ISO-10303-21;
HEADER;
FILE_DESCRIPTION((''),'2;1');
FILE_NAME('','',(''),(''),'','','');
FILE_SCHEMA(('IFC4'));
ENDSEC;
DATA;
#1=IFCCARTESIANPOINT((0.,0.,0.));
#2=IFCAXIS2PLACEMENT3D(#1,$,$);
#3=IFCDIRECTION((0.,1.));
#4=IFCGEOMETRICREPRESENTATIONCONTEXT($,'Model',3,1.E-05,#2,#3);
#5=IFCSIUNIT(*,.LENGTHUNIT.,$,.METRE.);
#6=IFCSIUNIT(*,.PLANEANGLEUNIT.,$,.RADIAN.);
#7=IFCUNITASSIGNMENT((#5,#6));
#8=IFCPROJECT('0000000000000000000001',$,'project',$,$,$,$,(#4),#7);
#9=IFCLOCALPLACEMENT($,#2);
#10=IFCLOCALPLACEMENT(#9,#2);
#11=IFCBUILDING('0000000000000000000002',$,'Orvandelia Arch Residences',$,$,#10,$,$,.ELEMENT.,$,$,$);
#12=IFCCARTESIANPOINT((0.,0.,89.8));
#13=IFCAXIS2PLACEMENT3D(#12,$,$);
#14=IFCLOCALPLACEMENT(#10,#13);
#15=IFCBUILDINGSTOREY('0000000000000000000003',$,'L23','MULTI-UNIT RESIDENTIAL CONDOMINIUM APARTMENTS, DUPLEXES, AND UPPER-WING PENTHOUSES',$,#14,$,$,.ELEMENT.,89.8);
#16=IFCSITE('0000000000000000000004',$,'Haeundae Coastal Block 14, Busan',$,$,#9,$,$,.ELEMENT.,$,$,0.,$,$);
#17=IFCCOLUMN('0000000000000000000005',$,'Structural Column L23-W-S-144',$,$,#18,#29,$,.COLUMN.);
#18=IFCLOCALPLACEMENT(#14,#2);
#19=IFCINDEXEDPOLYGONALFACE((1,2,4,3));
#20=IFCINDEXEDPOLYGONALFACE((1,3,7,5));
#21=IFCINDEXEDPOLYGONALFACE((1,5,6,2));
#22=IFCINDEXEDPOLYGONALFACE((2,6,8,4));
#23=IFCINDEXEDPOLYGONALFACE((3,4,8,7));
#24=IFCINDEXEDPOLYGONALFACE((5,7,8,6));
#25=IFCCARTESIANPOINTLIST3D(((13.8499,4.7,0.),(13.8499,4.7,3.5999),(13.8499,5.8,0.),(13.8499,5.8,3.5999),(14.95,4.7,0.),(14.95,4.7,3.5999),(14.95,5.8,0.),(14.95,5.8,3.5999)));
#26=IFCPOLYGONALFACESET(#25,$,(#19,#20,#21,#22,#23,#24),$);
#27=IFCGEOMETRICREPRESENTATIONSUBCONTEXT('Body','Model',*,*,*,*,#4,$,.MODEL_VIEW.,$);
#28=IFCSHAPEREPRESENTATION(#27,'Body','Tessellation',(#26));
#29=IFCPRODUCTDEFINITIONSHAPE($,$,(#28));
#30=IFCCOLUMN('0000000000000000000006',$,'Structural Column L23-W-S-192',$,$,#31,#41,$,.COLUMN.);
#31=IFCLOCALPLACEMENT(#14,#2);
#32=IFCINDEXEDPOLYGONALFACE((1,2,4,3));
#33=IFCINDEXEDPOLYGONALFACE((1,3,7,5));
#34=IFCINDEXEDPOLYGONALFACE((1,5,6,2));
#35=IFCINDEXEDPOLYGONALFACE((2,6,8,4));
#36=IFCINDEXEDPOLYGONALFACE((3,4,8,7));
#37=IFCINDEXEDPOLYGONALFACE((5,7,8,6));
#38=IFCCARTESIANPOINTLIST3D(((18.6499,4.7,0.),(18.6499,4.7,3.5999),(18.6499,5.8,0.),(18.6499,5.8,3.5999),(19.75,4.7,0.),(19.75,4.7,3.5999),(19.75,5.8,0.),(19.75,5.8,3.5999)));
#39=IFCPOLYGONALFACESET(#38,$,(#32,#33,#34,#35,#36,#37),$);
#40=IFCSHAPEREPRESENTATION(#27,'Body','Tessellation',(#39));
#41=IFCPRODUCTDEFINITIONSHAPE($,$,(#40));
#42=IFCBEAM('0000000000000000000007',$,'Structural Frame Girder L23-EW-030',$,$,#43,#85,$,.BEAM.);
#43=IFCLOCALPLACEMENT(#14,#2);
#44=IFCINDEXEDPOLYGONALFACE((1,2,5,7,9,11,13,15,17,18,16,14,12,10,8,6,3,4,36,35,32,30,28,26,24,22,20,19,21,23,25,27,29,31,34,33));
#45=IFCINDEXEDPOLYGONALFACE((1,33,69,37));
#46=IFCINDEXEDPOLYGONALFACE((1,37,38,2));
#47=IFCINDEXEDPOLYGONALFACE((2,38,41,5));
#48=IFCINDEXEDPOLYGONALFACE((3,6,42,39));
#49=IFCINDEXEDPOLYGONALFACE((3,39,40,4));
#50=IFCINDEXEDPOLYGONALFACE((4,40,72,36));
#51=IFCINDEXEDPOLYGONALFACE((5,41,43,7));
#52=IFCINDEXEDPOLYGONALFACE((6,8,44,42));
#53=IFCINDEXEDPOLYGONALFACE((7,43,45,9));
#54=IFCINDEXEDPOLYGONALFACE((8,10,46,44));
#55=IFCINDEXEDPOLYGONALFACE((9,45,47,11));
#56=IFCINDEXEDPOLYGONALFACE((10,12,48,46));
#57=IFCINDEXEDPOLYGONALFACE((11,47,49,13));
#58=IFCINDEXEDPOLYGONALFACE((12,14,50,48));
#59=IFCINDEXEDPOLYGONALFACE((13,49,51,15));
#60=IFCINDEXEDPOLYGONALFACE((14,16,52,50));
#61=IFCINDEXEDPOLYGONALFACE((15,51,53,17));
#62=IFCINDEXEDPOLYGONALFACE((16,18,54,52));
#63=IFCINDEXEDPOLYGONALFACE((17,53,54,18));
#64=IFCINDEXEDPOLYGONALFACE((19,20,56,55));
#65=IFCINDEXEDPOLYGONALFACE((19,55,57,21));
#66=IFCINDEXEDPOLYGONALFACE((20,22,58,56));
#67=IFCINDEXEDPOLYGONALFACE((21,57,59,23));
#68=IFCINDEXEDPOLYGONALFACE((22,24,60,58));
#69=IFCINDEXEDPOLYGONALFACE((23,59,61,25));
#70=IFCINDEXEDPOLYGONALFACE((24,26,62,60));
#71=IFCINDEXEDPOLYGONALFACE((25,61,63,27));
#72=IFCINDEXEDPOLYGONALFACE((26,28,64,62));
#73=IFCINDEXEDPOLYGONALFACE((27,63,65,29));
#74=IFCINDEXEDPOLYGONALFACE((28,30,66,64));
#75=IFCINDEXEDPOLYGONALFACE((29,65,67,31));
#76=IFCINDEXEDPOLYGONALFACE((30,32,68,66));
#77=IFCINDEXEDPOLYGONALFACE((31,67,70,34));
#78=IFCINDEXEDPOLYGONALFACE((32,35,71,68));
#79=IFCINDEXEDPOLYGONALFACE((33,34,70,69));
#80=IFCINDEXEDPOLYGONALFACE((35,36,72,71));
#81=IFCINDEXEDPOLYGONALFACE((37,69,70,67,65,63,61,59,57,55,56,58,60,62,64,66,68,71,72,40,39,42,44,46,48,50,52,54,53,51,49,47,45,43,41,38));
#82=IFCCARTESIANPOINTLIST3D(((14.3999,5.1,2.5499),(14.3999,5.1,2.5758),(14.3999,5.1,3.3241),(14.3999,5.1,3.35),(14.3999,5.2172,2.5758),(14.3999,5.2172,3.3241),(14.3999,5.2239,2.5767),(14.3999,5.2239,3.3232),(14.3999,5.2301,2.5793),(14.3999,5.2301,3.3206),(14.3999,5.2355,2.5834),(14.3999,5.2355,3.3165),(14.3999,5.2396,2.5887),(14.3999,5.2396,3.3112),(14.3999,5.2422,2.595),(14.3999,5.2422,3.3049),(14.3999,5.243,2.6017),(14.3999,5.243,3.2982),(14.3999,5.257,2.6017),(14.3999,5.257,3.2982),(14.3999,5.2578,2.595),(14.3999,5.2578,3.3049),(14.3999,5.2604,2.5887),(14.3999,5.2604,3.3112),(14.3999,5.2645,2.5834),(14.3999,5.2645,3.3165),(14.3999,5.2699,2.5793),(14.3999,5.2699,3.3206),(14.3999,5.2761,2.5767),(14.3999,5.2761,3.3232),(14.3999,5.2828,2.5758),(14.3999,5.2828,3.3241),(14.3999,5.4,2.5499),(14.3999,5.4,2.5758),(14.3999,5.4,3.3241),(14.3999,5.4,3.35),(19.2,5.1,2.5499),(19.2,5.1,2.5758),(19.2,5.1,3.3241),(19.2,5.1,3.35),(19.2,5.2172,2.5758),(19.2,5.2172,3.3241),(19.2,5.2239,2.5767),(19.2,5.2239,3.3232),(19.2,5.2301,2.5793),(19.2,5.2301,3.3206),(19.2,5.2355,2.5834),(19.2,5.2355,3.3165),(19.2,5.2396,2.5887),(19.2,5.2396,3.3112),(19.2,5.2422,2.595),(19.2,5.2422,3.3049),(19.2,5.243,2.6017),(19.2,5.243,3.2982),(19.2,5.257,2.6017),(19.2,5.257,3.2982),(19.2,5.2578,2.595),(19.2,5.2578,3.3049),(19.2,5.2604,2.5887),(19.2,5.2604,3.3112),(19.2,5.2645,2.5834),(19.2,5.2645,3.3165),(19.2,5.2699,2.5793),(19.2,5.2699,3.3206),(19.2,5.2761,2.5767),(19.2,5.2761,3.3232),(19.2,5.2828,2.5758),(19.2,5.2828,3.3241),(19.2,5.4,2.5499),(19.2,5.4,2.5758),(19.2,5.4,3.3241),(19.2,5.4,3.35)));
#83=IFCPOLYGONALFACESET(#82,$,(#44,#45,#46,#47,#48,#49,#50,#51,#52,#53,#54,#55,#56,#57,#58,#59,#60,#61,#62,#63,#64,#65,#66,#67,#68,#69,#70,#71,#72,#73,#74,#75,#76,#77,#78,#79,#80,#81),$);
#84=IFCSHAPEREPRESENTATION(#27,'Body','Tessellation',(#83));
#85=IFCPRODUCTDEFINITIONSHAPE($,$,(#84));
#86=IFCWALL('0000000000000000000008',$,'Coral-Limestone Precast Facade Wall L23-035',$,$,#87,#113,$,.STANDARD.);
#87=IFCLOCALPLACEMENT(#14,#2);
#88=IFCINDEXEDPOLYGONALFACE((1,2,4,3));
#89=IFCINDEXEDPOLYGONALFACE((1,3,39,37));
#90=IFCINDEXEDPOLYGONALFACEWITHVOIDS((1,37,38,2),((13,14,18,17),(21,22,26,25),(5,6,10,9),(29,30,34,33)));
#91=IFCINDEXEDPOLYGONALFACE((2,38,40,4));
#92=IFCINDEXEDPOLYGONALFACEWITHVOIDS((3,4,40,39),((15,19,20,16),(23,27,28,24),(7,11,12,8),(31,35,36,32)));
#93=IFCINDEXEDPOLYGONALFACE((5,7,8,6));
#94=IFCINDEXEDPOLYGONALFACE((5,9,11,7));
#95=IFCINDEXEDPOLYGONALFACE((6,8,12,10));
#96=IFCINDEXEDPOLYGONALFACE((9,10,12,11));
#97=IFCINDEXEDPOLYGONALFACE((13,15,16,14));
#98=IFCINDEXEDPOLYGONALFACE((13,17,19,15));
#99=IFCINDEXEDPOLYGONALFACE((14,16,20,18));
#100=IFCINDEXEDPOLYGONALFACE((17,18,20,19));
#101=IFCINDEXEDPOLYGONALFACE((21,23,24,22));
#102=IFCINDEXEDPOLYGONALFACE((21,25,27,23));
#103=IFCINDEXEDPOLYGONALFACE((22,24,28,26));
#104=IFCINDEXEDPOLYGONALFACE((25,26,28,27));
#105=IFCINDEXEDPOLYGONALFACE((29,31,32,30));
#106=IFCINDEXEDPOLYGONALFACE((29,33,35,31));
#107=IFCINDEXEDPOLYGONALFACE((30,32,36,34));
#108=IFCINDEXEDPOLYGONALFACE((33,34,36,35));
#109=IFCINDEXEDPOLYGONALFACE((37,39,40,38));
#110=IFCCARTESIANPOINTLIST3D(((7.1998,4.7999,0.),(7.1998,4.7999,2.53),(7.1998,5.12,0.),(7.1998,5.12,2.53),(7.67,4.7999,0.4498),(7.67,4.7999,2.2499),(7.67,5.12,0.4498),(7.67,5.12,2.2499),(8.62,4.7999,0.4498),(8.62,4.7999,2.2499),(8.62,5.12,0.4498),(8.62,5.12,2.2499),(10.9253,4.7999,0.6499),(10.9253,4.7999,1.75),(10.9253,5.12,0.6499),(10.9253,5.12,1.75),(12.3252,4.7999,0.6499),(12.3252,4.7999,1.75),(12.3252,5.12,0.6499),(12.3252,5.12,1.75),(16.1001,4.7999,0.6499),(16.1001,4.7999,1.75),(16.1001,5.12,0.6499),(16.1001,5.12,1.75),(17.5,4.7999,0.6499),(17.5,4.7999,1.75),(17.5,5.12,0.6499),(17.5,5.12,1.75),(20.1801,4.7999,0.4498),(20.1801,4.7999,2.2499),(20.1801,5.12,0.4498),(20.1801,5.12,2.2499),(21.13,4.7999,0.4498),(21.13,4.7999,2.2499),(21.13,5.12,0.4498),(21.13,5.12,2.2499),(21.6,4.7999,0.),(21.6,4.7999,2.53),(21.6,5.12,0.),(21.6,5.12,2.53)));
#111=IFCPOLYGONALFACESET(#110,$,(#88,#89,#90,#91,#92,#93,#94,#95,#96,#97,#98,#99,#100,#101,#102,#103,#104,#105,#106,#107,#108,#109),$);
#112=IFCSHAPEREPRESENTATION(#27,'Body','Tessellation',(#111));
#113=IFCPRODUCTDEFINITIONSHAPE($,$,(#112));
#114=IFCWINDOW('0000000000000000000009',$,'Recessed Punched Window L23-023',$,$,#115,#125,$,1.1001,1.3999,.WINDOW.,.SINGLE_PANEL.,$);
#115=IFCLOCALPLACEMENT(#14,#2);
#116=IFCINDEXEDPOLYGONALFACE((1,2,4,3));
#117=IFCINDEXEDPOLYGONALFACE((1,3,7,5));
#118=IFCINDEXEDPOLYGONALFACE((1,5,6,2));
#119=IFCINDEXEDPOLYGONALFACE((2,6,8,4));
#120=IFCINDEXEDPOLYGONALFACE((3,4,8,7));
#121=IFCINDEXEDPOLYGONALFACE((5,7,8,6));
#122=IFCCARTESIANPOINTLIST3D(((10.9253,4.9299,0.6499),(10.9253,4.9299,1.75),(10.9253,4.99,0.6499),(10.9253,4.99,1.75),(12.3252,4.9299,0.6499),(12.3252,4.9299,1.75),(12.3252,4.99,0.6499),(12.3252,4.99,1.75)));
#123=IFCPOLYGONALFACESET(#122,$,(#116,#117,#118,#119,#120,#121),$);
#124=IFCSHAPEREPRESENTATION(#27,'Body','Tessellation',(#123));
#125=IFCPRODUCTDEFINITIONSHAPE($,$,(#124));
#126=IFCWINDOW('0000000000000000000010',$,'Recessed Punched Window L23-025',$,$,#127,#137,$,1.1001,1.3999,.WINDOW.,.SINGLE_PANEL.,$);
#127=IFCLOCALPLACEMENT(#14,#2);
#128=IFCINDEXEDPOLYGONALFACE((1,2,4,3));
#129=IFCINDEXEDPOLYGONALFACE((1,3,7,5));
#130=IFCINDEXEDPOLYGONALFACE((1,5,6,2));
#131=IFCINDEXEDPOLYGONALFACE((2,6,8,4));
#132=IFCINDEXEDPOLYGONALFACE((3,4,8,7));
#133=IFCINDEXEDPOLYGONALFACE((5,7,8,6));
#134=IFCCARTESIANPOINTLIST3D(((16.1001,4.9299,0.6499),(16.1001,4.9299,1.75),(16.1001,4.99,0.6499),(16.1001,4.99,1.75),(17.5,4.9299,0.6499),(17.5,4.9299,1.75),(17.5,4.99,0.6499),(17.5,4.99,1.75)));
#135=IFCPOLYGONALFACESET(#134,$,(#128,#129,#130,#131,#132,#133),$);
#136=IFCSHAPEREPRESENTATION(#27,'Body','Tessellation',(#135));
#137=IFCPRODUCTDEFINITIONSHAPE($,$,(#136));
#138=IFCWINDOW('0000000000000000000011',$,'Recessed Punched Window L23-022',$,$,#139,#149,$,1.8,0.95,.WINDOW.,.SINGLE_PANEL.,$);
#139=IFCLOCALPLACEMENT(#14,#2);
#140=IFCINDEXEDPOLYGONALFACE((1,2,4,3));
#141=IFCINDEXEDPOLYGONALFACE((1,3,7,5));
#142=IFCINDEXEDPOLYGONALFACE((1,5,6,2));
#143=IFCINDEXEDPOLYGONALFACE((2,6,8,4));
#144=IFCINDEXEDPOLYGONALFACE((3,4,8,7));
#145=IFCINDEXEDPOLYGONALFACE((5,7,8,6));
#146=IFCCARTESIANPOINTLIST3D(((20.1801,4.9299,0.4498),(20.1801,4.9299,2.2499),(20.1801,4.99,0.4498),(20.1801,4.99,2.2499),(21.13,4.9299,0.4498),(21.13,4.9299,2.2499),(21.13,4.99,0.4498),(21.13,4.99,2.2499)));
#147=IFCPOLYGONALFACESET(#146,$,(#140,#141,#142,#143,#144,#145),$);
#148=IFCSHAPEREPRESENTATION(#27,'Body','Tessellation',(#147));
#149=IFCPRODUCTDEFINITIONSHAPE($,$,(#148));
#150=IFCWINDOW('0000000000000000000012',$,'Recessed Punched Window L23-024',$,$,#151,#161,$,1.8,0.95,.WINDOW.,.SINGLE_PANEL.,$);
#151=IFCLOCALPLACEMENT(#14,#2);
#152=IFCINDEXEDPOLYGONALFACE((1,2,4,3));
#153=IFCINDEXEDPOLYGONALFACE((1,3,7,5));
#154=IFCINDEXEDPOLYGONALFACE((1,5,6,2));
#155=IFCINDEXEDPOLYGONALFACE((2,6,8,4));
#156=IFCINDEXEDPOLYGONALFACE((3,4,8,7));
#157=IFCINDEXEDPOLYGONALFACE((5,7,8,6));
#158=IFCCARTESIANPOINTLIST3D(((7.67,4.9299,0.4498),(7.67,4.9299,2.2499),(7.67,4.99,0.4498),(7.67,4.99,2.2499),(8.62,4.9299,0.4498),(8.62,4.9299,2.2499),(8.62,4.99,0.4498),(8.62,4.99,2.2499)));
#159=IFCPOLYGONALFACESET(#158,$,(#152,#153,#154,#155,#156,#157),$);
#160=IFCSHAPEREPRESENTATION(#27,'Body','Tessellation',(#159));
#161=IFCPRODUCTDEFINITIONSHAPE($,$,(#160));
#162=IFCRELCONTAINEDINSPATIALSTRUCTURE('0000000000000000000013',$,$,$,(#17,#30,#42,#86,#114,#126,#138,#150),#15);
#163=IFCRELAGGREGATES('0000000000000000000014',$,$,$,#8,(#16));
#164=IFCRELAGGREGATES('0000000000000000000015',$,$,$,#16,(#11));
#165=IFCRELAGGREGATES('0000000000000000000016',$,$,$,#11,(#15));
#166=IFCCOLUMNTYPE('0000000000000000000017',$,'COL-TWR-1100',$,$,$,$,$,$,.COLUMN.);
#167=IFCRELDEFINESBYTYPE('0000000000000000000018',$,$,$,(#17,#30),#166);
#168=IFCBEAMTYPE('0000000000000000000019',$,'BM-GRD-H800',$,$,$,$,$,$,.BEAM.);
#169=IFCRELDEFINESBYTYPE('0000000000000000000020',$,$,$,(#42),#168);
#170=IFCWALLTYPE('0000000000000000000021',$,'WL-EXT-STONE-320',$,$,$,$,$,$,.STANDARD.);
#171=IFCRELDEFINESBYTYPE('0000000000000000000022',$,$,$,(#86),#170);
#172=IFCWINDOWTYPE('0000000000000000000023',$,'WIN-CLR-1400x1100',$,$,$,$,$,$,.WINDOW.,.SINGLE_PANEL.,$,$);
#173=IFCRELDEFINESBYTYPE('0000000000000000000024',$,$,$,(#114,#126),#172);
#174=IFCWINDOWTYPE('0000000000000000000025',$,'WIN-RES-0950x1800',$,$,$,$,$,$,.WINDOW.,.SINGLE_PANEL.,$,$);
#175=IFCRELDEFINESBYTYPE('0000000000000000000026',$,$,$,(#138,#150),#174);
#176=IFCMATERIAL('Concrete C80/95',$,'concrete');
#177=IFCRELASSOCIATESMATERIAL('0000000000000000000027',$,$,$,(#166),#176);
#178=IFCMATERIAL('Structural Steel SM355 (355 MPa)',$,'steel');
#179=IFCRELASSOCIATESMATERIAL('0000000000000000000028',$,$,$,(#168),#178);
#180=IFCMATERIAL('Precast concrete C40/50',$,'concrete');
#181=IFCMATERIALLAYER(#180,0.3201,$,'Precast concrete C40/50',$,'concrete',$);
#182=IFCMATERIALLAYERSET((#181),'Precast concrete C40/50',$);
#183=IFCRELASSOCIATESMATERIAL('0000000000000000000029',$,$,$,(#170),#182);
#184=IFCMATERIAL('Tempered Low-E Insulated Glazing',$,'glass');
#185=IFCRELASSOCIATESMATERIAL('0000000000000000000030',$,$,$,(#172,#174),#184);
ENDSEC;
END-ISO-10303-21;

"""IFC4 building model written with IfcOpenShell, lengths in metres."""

from ifc_helpers import new_model, si_unit, direction, frame, frame_2d, origin, origin_2d, place, context, subcontext, project, spatial, rectangle, i_section, extrude, material, layer, layer_set, material_profile, profile_set, type_object, element, fill, save


model = new_model("IFC4")

# Units and contexts
model_context = context("Model", 3, precision=1e-05, world=origin(), true_north=direction((0.0, 1.0)))
body_context = subcontext(model_context, "Body", "Model", "MODEL_VIEW")
ifc_project = project(units=[si_unit("LENGTHUNIT", "METRE"), si_unit("PLANEANGLEUNIT", "RADIAN")], contexts=[model_context])

# Site, building, storey
site_placement = place(None, origin())
site = spatial("IfcSite", under=ifc_project, at=site_placement, Name="Haeundae Coastal Block 14, Busan", CompositionType="ELEMENT", RefElevation=0.0)
building_placement = place(site_placement, origin())
building = spatial("IfcBuilding", under=site, at=building_placement, Name="Orvandelia Arch Residences", CompositionType="ELEMENT")
storey_placement = place(building_placement, frame((0.0, 0.0, 89.8)))
storey = spatial("IfcBuildingStorey", under=building, at=storey_placement, Name="L23", Description="MULTI-UNIT RESIDENTIAL CONDOMINIUM APARTMENTS, DUPLEXES, AND UPPER-WING PENTHOUSES", CompositionType="ELEMENT", Elevation=89.8)

# Columns
ifc_material_1 = material(Name="Concrete C80/95", Category="concrete")
ifc_material_profile_1 = material_profile(ifc_material_1, rectangle(XDim=1.1001, YDim=1.1001, at=origin_2d()), Name="Concrete C80/95", Category="concrete")
ifc_profile_set_1 = profile_set([ifc_material_profile_1], Name="Concrete C80/95")
column_type = type_object("IfcColumnType", Name="COL-TWR-1100", PredefinedType="COLUMN", material=ifc_profile_set_1)
for number, where, z_axis, x_axis, name in (
    (1, (14.3999, 5.25, 0.0), (0.0, 0.0, 1.0), (1.0, 0.0, 0.0), "Structural Column L23-W-S-144"),
    (2, (19.2, 5.25, 0.0), (0.0, 0.0, 1.0), (1.0, 0.0, 0.0), "Structural Column L23-W-S-192"),
):
    element("IfcColumn", number, at=place(storey_placement, frame(where, z_axis=z_axis, x_axis=x_axis)), inside=storey, type_object=column_type, Name=name, PredefinedType="COLUMN", context=body_context, shape_type="SweptSolid", body=[
        extrude(rectangle(XDim=1.1001, YDim=1.1001, at=origin_2d()), origin(), (0.0, 0.0, 1.0), 3.5999),
    ])

# Beam
ifc_material_2 = material(Name="Structural Steel SM355 (355 MPa)", Category="steel")
ifc_material_profile_2 = material_profile(ifc_material_2, i_section(OverallWidth=0.3, OverallDepth=0.8, WebThickness=0.0139, FlangeThickness=0.0259, FilletRadius=0.0259, at=origin_2d()), Name="Structural Steel SM355 (355 MPa)", Category="steel")
ifc_profile_set_2 = profile_set([ifc_material_profile_2], Name="Structural Steel SM355 (355 MPa)")
beam_type = type_object("IfcBeamType", Name="BM-GRD-H800", PredefinedType="BEAM", material=ifc_profile_set_2)
beam_placement = place(storey_placement, frame((14.3999, 5.25, 2.95), z_axis=(1.0, 0.0, 0.0), x_axis=(0.0, 1.0, 0.0)))
element("IfcBeam", 3, at=beam_placement, inside=storey, type_object=beam_type, Name="Structural Frame Girder L23-EW-030", PredefinedType="BEAM", context=body_context, shape_type="SweptSolid", body=[
    extrude(i_section(OverallWidth=0.3, OverallDepth=0.8, WebThickness=0.0139, FlangeThickness=0.0259, FilletRadius=0.0259, at=origin_2d()), origin(), (0.0, 0.0, 1.0), 4.8),
])

# Wall, openings, windows
ifc_material_3 = material(Name="Precast concrete C40/50", Category="concrete")
ifc_layer_1 = layer(ifc_material_3, 0.3201, Name="Precast concrete C40/50", Category="concrete")
ifc_layer_set_1 = layer_set([ifc_layer_1], Name="Precast concrete C40/50")
wall_type_1 = type_object("IfcWallType", Name="WL-EXT-STONE-320", PredefinedType="STANDARD", material=ifc_layer_set_1)
wall_1_placement = place(storey_placement, frame((21.6001, 4.96, 0.0), z_axis=(0.0, 0.0, 1.0), x_axis=(-1.0, 0.0, 0.0)))
wall_1 = element("IfcWall", 4, at=wall_1_placement, inside=storey, type_object=wall_type_1, Name="Coral-Limestone Precast Facade Wall L23-035", PredefinedType="STANDARD", context=body_context, shape_type="SweptSolid", body=[
    extrude(rectangle(XDim=14.4001, YDim=0.3201, at=frame_2d((7.2002, 0.0))), origin(), (0.0, 0.0, 1.0), 2.53),
])
opening_1_placement = place(wall_1_placement, frame((0.47, 0.0, 0.45)))
opening_1 = element("IfcOpeningElement", 5, at=opening_1_placement, cuts=wall_1, PredefinedType="OPENING", context=body_context, shape_type="SweptSolid", body=[
    extrude(rectangle(XDim=0.95, YDim=1.8, at=frame_2d((0.4751, 0.8999))), frame((0.0, 0.1699, 0.0), z_axis=(0.0, -1.0, 0.0), x_axis=(1.0, 0.0, 0.0)), (0.0, 0.0, 1.0), 0.3401),
])
opening_2_placement = place(wall_1_placement, frame((9.2749, 0.0, 0.6499)))
opening_2 = element("IfcOpeningElement", 6, at=opening_2_placement, cuts=wall_1, PredefinedType="OPENING", context=body_context, shape_type="SweptSolid", body=[
    extrude(rectangle(XDim=1.3999, YDim=1.1001, at=frame_2d((0.7, 0.55))), frame((0.0, 0.1699, 0.0), z_axis=(0.0, -1.0, 0.0), x_axis=(1.0, 0.0, 0.0)), (0.0, 0.0, 1.0), 0.3401),
])
opening_3_placement = place(wall_1_placement, frame((12.98, 0.0, 0.45)))
opening_3 = element("IfcOpeningElement", 7, at=opening_3_placement, cuts=wall_1, PredefinedType="OPENING", context=body_context, shape_type="SweptSolid", body=[
    extrude(rectangle(XDim=0.95, YDim=1.8, at=frame_2d((0.4751, 0.8999))), frame((0.0, 0.1699, 0.0), z_axis=(0.0, -1.0, 0.0), x_axis=(1.0, 0.0, 0.0)), (0.0, 0.0, 1.0), 0.3401),
])
opening_4_placement = place(wall_1_placement, frame((4.1001, 0.0, 0.6499)))
opening_4 = element("IfcOpeningElement", 8, at=opening_4_placement, cuts=wall_1, PredefinedType="OPENING", context=body_context, shape_type="SweptSolid", body=[
    extrude(rectangle(XDim=1.3999, YDim=1.1001, at=frame_2d((0.7, 0.55))), frame((0.0, 0.1699, 0.0), z_axis=(0.0, -1.0, 0.0), x_axis=(1.0, 0.0, 0.0)), (0.0, 0.0, 1.0), 0.3401),
])
ifc_material_4 = material(Name="Tempered Low-E Insulated Glazing", Category="glass")
window_type_1 = type_object("IfcWindowType", Name="WIN-CLR-1400x1100", PartitioningType="SINGLE_PANEL", PredefinedType="WINDOW", material=ifc_material_4)
window_1_placement = place(opening_2_placement, origin())
window_1 = element("IfcWindow", 9, at=window_1_placement, inside=storey, type_object=window_type_1, Name="Recessed Punched Window L23-023", OverallHeight=1.1001, OverallWidth=1.3999, PartitioningType="SINGLE_PANEL", PredefinedType="WINDOW", context=body_context, shape_type="SweptSolid", body=[
    extrude(rectangle(XDim=1.3999, YDim=1.1001, at=frame_2d((0.7, 0.55))), frame((0.0, 0.03, 0.0), z_axis=(0.0, -1.0, 0.0), x_axis=(1.0, 0.0, 0.0)), (0.0, 0.0, 1.0), 0.0601),
])
fill(opening_2, window_1)
window_2_placement = place(opening_4_placement, origin())
window_2 = element("IfcWindow", 10, at=window_2_placement, inside=storey, type_object=window_type_1, Name="Recessed Punched Window L23-025", OverallHeight=1.1001, OverallWidth=1.3999, PartitioningType="SINGLE_PANEL", PredefinedType="WINDOW", context=body_context, shape_type="SweptSolid", body=[
    extrude(rectangle(XDim=1.3999, YDim=1.1001, at=frame_2d((0.7, 0.55))), frame((0.0, 0.03, 0.0), z_axis=(0.0, -1.0, 0.0), x_axis=(1.0, 0.0, 0.0)), (0.0, 0.0, 1.0), 0.0601),
])
fill(opening_4, window_2)
window_type_2 = type_object("IfcWindowType", Name="WIN-RES-0950x1800", PartitioningType="SINGLE_PANEL", PredefinedType="WINDOW", material=ifc_material_4)
window_3_placement = place(opening_1_placement, origin())
window_3 = element("IfcWindow", 11, at=window_3_placement, inside=storey, type_object=window_type_2, Name="Recessed Punched Window L23-022", OverallHeight=1.8, OverallWidth=0.95, PartitioningType="SINGLE_PANEL", PredefinedType="WINDOW", context=body_context, shape_type="SweptSolid", body=[
    extrude(rectangle(XDim=0.95, YDim=1.8, at=frame_2d((0.4751, 0.8999))), frame((0.0, 0.03, 0.0), z_axis=(0.0, -1.0, 0.0), x_axis=(1.0, 0.0, 0.0)), (0.0, 0.0, 1.0), 0.0601),
])
fill(opening_1, window_3)
window_4_placement = place(opening_3_placement, origin())
window_4 = element("IfcWindow", 12, at=window_4_placement, inside=storey, type_object=window_type_2, Name="Recessed Punched Window L23-024", OverallHeight=1.8, OverallWidth=0.95, PartitioningType="SINGLE_PANEL", PredefinedType="WINDOW", context=body_context, shape_type="SweptSolid", body=[
    extrude(rectangle(XDim=0.95, YDim=1.8, at=frame_2d((0.4751, 0.8999))), frame((0.0, 0.03, 0.0), z_axis=(0.0, -1.0, 0.0), x_axis=(1.0, 0.0, 0.0)), (0.0, 0.0, 1.0), 0.0601),
])
fill(opening_3, window_4)

save(model, "model.ifc")
